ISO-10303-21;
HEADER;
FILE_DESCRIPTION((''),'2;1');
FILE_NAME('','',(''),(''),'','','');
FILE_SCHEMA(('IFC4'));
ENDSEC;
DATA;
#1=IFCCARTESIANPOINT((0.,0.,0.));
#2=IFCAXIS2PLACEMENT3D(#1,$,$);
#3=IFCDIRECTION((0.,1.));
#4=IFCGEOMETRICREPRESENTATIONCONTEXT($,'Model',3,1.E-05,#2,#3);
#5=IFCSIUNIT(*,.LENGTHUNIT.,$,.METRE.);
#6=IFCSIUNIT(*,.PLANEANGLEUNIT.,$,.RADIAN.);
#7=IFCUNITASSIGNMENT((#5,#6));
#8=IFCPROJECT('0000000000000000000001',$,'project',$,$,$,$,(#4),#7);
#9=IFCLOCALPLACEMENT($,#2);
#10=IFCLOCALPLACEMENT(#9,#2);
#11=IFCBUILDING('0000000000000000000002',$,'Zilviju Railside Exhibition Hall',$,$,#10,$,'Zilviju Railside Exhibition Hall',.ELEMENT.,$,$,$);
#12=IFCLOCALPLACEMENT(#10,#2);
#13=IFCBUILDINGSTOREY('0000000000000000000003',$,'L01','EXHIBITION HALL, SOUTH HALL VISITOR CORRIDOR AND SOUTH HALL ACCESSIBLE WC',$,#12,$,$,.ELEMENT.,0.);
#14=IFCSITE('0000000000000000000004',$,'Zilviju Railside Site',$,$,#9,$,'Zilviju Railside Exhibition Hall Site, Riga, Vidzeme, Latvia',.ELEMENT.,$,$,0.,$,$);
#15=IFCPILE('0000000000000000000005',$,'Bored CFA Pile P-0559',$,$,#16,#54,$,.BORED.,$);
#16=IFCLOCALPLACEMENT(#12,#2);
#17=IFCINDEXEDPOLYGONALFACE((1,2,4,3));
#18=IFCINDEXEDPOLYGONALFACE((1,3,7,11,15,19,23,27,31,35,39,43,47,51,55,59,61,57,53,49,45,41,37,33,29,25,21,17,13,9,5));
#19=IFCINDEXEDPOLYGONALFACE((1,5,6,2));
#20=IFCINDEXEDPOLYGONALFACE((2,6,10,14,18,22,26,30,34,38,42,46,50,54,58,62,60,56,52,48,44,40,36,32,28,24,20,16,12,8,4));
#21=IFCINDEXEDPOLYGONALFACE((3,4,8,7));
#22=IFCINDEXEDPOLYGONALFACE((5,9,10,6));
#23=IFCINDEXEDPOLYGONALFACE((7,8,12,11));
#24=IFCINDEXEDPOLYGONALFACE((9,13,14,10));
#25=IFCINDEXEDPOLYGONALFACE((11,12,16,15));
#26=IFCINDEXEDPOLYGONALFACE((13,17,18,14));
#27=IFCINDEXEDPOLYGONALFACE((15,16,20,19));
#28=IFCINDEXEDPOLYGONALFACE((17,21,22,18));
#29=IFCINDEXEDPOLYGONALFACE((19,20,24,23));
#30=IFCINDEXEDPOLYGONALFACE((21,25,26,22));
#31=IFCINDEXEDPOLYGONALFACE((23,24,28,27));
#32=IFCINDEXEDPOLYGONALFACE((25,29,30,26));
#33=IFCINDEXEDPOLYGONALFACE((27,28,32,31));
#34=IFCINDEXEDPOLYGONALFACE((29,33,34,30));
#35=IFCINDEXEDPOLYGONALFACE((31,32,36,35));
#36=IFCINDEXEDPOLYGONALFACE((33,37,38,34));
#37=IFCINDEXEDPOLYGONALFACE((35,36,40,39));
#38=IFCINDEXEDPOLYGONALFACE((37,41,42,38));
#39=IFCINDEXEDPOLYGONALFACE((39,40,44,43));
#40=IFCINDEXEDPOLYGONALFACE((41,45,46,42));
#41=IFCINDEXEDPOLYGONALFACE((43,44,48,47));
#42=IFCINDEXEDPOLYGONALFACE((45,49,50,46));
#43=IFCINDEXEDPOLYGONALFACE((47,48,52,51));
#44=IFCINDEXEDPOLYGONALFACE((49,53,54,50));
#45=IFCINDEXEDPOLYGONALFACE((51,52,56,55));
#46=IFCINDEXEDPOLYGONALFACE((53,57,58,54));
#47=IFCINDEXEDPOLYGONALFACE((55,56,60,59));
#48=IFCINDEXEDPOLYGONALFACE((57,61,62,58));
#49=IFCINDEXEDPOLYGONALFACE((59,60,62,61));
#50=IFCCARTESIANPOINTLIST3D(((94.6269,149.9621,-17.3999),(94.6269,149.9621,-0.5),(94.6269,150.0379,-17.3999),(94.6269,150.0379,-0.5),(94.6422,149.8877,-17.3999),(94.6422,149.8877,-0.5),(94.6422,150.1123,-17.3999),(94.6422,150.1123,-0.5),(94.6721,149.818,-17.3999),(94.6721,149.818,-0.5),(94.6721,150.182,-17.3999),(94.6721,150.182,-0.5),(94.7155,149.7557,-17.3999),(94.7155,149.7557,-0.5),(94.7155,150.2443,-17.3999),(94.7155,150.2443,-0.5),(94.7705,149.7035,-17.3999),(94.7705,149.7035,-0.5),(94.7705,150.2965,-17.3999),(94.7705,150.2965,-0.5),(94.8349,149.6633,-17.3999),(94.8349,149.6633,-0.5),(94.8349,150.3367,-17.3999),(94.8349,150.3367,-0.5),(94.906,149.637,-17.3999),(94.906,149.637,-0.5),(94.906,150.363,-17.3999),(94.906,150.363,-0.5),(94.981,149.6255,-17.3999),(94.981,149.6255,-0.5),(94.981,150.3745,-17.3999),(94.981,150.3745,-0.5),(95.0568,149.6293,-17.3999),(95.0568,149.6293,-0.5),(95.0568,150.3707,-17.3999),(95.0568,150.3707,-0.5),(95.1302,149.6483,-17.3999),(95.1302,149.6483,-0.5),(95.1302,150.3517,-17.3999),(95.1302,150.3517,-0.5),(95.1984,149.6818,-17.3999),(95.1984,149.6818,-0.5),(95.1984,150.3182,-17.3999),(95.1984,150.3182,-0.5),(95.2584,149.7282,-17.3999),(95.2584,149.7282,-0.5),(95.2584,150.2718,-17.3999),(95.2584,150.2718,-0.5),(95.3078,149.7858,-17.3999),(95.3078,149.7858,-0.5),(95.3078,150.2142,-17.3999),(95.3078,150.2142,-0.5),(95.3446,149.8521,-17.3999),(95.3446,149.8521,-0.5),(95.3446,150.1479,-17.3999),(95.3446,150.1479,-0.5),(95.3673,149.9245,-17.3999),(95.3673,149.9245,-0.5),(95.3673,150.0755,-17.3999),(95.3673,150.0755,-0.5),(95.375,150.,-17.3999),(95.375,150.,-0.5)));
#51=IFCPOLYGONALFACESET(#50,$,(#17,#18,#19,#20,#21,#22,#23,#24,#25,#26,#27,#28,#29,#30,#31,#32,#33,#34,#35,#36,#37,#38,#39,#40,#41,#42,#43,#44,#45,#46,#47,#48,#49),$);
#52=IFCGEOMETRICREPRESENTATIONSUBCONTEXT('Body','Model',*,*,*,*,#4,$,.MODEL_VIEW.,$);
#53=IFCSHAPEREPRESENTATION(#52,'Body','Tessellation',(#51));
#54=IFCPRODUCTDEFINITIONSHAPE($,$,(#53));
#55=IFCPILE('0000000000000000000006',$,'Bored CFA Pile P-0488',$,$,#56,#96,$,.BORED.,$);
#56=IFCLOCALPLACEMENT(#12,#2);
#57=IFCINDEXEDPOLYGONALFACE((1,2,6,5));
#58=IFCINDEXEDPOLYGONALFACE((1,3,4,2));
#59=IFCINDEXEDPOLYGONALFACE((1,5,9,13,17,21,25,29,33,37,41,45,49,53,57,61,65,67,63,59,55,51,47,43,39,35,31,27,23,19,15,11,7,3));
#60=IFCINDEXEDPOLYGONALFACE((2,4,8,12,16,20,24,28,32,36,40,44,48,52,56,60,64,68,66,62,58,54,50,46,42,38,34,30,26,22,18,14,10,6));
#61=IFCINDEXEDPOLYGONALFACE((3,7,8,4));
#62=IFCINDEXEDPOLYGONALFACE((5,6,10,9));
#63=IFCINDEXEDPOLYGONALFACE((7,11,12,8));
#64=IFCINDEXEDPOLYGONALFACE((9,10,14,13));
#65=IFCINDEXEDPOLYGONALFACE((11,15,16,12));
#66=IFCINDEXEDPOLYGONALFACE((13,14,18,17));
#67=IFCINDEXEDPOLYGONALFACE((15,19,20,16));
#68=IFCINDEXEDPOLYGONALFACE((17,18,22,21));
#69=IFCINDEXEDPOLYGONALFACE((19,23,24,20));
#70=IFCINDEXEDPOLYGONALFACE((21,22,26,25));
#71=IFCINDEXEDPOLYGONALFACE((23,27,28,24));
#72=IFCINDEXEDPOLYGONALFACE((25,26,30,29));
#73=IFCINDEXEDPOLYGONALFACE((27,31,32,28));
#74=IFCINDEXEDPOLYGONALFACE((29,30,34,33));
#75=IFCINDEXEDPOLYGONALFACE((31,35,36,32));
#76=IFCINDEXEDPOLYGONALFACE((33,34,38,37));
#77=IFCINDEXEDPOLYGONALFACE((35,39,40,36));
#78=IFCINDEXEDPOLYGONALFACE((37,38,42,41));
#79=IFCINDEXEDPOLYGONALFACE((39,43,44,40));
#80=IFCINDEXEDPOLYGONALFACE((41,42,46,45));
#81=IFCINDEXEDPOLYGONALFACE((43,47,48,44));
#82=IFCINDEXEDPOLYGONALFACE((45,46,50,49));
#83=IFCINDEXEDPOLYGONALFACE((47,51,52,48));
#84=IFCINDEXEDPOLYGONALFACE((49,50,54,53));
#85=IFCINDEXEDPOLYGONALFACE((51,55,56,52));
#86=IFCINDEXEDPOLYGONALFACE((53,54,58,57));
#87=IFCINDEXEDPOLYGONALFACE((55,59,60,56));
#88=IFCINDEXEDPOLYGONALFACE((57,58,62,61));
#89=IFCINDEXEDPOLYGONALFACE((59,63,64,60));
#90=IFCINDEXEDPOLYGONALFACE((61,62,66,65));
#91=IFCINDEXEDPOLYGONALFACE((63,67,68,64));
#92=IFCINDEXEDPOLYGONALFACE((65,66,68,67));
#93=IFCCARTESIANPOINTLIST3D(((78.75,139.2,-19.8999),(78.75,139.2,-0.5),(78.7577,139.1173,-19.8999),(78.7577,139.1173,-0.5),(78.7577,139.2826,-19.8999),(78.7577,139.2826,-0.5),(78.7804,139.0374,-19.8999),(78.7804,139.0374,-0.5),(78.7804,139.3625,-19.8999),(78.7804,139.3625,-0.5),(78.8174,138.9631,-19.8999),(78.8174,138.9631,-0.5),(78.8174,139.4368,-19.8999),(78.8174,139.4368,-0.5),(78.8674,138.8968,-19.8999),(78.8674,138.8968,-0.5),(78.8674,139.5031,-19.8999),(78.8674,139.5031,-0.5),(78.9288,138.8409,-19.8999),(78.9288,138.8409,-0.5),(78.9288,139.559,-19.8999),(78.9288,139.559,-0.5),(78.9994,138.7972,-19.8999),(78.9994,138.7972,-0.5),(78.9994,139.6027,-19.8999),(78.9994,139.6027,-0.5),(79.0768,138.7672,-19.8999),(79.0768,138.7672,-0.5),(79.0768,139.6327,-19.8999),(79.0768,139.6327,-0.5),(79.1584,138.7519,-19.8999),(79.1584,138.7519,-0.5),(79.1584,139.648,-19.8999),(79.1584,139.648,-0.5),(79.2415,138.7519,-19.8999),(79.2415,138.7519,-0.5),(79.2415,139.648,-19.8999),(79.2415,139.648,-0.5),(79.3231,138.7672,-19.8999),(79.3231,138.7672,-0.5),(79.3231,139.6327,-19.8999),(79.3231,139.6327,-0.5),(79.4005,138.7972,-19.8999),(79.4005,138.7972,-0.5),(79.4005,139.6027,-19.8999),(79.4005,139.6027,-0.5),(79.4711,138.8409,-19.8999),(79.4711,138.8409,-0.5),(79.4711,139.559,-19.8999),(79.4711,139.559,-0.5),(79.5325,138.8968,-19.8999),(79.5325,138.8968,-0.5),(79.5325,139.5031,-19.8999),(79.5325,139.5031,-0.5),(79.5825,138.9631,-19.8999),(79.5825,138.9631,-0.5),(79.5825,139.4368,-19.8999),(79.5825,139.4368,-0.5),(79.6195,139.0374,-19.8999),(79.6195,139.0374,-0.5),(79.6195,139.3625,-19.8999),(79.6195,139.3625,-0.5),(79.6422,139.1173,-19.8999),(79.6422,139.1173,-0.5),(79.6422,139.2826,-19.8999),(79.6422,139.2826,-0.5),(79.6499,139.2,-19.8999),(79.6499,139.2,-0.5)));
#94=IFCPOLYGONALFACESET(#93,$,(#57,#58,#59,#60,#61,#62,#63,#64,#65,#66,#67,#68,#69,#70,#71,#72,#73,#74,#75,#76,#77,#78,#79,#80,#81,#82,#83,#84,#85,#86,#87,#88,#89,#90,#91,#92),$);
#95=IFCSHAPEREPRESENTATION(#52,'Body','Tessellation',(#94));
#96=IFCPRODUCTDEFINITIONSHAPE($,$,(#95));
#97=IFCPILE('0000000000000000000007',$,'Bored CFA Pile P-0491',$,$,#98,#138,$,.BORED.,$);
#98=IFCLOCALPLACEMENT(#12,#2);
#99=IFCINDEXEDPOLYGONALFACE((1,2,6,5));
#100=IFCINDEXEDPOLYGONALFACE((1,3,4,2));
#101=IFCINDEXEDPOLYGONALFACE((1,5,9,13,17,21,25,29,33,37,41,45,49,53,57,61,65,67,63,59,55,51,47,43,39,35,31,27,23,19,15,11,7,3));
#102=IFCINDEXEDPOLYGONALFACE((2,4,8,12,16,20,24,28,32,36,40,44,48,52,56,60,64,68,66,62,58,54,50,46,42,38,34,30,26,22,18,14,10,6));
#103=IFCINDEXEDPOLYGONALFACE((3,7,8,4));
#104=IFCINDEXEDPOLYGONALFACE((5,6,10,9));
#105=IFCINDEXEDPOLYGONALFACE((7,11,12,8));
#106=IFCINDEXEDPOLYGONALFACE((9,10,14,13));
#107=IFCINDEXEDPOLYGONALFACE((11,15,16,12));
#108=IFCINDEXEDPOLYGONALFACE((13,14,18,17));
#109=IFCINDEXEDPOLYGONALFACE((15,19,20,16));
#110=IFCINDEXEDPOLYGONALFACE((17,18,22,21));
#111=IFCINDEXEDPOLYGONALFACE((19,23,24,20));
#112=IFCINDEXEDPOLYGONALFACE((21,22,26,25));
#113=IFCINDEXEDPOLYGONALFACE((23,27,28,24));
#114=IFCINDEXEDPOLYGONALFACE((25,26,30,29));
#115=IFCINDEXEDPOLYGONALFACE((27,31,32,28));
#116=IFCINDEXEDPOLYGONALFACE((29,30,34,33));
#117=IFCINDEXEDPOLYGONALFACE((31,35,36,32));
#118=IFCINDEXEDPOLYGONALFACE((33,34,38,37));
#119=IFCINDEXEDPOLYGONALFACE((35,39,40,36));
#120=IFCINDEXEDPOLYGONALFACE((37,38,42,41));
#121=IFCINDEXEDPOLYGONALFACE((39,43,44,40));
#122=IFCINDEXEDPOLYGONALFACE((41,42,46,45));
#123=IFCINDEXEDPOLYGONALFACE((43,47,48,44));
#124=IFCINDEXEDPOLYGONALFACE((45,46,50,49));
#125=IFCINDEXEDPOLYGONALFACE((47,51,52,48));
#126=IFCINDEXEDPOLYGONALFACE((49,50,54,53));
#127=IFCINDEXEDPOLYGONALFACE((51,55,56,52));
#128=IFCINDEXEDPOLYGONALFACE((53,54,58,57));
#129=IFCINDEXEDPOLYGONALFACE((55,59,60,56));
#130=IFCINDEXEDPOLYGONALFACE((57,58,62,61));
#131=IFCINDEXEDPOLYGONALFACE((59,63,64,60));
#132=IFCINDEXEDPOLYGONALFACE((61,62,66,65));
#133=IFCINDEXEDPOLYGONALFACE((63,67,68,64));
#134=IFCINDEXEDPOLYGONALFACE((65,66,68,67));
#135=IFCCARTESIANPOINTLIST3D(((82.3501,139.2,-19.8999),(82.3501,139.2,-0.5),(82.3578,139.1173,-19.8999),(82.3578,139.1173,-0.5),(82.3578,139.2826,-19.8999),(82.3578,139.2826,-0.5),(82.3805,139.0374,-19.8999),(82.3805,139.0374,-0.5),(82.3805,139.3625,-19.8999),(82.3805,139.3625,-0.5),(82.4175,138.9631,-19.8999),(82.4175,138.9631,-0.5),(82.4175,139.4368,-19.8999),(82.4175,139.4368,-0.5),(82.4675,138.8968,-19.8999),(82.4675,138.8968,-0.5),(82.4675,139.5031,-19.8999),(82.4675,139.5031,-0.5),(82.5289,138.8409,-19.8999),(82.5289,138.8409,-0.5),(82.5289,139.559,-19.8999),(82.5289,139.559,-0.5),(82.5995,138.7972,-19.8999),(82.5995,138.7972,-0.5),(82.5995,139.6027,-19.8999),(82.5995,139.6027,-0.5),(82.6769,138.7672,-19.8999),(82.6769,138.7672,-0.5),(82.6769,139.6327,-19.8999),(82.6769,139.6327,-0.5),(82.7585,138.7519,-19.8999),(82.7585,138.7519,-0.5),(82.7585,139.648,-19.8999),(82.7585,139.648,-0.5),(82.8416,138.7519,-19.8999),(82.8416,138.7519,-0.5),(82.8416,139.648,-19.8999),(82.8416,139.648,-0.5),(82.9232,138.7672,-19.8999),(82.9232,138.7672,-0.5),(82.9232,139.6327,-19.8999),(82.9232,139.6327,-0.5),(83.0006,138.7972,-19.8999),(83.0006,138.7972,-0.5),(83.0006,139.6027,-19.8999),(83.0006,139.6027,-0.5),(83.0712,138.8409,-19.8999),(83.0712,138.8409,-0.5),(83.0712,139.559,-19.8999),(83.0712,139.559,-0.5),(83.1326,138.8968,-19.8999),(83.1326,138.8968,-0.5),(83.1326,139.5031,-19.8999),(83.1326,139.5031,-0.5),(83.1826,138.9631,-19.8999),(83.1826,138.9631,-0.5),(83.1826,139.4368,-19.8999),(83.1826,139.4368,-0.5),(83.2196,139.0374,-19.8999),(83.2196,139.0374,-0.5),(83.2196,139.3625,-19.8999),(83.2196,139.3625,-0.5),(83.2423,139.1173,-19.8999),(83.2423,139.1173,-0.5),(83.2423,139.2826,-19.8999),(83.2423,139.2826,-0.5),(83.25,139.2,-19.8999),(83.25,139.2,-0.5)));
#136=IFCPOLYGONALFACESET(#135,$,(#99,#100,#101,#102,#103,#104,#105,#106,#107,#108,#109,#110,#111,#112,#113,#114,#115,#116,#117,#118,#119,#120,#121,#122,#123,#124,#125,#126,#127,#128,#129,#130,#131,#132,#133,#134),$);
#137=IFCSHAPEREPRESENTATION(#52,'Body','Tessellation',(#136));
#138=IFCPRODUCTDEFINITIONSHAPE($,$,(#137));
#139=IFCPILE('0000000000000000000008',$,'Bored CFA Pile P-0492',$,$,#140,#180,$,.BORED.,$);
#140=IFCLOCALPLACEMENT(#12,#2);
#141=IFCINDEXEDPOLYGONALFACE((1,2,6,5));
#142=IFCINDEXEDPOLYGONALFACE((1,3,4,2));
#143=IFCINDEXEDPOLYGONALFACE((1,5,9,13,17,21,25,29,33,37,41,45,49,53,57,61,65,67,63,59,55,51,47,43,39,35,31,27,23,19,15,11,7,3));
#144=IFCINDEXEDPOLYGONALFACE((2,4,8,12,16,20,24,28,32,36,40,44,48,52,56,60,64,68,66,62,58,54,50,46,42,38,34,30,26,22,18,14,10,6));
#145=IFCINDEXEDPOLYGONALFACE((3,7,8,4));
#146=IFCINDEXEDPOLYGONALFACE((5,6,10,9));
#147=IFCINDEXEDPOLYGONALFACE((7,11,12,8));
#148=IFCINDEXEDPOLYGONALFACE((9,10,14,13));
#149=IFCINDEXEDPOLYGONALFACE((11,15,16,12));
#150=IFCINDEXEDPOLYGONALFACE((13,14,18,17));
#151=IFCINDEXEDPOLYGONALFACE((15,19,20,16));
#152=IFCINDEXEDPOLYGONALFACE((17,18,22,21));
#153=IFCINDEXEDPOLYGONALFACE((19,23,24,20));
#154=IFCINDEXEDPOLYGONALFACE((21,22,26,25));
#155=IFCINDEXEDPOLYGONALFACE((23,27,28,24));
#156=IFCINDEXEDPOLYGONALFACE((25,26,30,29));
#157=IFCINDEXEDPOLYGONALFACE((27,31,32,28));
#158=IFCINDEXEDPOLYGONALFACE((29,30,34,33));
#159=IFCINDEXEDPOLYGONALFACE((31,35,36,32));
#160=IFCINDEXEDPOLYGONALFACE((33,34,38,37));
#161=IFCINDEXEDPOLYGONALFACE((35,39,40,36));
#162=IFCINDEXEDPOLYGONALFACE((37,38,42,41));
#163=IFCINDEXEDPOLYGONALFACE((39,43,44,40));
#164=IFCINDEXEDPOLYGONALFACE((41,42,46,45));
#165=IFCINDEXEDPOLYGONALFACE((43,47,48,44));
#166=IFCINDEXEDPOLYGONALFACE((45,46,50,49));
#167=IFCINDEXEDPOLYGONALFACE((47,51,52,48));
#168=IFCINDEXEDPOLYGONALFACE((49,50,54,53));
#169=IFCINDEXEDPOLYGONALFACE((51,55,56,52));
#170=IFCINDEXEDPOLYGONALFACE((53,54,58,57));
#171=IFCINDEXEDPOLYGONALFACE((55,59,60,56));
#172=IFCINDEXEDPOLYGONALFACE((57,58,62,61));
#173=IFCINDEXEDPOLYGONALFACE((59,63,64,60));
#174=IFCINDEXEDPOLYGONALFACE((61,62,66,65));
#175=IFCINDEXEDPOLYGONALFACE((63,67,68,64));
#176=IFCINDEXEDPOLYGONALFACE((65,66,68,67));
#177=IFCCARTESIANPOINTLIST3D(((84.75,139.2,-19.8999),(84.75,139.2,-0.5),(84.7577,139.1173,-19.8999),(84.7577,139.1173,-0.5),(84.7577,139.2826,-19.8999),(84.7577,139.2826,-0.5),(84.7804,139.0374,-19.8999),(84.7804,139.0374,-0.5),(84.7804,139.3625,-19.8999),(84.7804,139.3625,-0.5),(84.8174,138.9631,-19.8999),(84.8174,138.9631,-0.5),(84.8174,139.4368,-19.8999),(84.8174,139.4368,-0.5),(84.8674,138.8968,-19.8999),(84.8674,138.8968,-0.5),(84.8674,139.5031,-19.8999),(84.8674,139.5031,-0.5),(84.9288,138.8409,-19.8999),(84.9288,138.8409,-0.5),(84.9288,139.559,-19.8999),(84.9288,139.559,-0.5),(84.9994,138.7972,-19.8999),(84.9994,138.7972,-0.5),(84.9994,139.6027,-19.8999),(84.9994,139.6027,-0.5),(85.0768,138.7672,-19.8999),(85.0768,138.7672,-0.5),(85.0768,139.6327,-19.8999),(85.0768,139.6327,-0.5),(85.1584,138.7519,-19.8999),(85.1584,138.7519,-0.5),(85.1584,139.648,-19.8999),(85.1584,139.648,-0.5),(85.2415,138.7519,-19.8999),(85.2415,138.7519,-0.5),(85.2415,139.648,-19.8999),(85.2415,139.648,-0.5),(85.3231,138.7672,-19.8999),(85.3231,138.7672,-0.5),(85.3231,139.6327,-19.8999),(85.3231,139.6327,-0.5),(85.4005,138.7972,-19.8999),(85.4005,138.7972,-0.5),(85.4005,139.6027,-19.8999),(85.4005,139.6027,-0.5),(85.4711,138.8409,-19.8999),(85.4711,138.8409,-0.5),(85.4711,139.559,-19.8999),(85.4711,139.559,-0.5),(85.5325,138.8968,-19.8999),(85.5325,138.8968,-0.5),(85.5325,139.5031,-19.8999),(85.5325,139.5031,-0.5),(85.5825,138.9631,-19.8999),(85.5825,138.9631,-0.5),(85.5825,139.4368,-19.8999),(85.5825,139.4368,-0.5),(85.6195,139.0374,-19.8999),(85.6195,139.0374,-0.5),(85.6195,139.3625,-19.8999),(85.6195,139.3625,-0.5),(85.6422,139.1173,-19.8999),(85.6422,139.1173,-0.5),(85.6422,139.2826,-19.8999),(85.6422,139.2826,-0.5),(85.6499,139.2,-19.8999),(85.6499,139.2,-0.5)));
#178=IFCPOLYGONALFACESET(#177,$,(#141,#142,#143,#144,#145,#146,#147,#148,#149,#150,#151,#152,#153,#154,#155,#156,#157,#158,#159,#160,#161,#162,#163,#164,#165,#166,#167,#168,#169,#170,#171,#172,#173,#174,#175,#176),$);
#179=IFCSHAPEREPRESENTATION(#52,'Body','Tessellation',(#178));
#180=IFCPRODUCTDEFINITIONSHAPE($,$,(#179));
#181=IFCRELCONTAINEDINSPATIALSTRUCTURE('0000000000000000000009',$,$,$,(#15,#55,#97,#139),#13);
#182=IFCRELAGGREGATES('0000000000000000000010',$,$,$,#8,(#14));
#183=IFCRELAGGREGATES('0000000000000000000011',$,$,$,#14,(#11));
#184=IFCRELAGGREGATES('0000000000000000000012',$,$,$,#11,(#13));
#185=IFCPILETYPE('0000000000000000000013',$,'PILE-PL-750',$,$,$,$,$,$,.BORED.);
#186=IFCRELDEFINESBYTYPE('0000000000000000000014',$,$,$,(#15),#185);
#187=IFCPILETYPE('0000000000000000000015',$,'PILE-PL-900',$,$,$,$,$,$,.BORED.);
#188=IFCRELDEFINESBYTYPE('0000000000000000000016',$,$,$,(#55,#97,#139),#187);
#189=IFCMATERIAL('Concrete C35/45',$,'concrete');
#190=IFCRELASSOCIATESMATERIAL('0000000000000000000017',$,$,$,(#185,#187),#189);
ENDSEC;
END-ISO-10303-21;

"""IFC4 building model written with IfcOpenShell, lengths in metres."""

from ifc_helpers import new_model, si_unit, direction, frame, origin, origin_2d, place, context, subcontext, project, spatial, circle, extrude, material, material_profile, profile_set, type_object, element, save


model = new_model("IFC4")

# Units and contexts
model_context = context("Model", 3, precision=1e-05, world=origin(), true_north=direction((0.0, 1.0)))
body_context = subcontext(model_context, "Body", "Model", "MODEL_VIEW")
ifc_project = project(units=[si_unit("LENGTHUNIT", "METRE"), si_unit("PLANEANGLEUNIT", "RADIAN")], contexts=[model_context])

# Site, building, storey
site_placement = place(None, origin())
site = spatial("IfcSite", under=ifc_project, at=site_placement, Name="Zilviju Railside Site", LongName="Zilviju Railside Exhibition Hall Site, Riga, Vidzeme, Latvia", CompositionType="ELEMENT", RefElevation=0.0)
building_placement = place(site_placement, origin())
building = spatial("IfcBuilding", under=site, at=building_placement, Name="Zilviju Railside Exhibition Hall", LongName="Zilviju Railside Exhibition Hall", CompositionType="ELEMENT")
storey_placement = place(building_placement, origin())
storey = spatial("IfcBuildingStorey", under=building, at=storey_placement, Name="L01", Description="EXHIBITION HALL, SOUTH HALL VISITOR CORRIDOR AND SOUTH HALL ACCESSIBLE WC", CompositionType="ELEMENT", Elevation=0.0)

# Shared definitions
ifc_material_1 = material(Name="Concrete C35/45", Category="concrete")

# Piles
ifc_material_profile_1 = material_profile(ifc_material_1, circle(Radius=0.375, at=origin_2d()), Name="CFA PILE D750")
ifc_profile_set_1 = profile_set([ifc_material_profile_1], Name="Concrete C35/45")
pile_type_1 = type_object("IfcPileType", Name="PILE-PL-750", PredefinedType="BORED", material=ifc_profile_set_1)
for number, where, z_axis, x_axis, name in (
    (1, (95.0, 150.0, -0.5), (0.0, 0.0, -1.0), (1.0, 0.0, 0.0), "Bored CFA Pile P-0559"),
):
    element("IfcPile", number, at=place(storey_placement, frame(where, z_axis=z_axis, x_axis=x_axis)), inside=storey, type_object=pile_type_1, Name=name, PredefinedType="BORED", context=body_context, shape_type="SweptSolid", body=[
        extrude(circle(Radius=0.375, at=origin_2d()), origin(), (0.0, 0.0, 1.0), 16.8999),
    ])
ifc_material_profile_2 = material_profile(ifc_material_1, circle(Radius=0.45, at=origin_2d()), Name="CFA PILE D900")
ifc_profile_set_2 = profile_set([ifc_material_profile_2], Name="Concrete C35/45")
pile_type_2 = type_object("IfcPileType", Name="PILE-PL-900", PredefinedType="BORED", material=ifc_profile_set_2)
for number, where, z_axis, x_axis, name in (
    (2, (79.2, 139.2, -0.5), (0.0, 0.0, -1.0), (1.0, 0.0, 0.0), "Bored CFA Pile P-0488"),
    (3, (82.8, 139.2, -0.5), (0.0, 0.0, -1.0), (1.0, 0.0, 0.0), "Bored CFA Pile P-0491"),
    (4, (85.2, 139.2, -0.5), (0.0, 0.0, -1.0), (1.0, 0.0, 0.0), "Bored CFA Pile P-0492"),
):
    element("IfcPile", number, at=place(storey_placement, frame(where, z_axis=z_axis, x_axis=x_axis)), inside=storey, type_object=pile_type_2, Name=name, PredefinedType="BORED", context=body_context, shape_type="SweptSolid", body=[
        extrude(circle(Radius=0.45, at=origin_2d()), origin(), (0.0, 0.0, 1.0), 19.3999),
    ])

save(model, "model.ifc")
